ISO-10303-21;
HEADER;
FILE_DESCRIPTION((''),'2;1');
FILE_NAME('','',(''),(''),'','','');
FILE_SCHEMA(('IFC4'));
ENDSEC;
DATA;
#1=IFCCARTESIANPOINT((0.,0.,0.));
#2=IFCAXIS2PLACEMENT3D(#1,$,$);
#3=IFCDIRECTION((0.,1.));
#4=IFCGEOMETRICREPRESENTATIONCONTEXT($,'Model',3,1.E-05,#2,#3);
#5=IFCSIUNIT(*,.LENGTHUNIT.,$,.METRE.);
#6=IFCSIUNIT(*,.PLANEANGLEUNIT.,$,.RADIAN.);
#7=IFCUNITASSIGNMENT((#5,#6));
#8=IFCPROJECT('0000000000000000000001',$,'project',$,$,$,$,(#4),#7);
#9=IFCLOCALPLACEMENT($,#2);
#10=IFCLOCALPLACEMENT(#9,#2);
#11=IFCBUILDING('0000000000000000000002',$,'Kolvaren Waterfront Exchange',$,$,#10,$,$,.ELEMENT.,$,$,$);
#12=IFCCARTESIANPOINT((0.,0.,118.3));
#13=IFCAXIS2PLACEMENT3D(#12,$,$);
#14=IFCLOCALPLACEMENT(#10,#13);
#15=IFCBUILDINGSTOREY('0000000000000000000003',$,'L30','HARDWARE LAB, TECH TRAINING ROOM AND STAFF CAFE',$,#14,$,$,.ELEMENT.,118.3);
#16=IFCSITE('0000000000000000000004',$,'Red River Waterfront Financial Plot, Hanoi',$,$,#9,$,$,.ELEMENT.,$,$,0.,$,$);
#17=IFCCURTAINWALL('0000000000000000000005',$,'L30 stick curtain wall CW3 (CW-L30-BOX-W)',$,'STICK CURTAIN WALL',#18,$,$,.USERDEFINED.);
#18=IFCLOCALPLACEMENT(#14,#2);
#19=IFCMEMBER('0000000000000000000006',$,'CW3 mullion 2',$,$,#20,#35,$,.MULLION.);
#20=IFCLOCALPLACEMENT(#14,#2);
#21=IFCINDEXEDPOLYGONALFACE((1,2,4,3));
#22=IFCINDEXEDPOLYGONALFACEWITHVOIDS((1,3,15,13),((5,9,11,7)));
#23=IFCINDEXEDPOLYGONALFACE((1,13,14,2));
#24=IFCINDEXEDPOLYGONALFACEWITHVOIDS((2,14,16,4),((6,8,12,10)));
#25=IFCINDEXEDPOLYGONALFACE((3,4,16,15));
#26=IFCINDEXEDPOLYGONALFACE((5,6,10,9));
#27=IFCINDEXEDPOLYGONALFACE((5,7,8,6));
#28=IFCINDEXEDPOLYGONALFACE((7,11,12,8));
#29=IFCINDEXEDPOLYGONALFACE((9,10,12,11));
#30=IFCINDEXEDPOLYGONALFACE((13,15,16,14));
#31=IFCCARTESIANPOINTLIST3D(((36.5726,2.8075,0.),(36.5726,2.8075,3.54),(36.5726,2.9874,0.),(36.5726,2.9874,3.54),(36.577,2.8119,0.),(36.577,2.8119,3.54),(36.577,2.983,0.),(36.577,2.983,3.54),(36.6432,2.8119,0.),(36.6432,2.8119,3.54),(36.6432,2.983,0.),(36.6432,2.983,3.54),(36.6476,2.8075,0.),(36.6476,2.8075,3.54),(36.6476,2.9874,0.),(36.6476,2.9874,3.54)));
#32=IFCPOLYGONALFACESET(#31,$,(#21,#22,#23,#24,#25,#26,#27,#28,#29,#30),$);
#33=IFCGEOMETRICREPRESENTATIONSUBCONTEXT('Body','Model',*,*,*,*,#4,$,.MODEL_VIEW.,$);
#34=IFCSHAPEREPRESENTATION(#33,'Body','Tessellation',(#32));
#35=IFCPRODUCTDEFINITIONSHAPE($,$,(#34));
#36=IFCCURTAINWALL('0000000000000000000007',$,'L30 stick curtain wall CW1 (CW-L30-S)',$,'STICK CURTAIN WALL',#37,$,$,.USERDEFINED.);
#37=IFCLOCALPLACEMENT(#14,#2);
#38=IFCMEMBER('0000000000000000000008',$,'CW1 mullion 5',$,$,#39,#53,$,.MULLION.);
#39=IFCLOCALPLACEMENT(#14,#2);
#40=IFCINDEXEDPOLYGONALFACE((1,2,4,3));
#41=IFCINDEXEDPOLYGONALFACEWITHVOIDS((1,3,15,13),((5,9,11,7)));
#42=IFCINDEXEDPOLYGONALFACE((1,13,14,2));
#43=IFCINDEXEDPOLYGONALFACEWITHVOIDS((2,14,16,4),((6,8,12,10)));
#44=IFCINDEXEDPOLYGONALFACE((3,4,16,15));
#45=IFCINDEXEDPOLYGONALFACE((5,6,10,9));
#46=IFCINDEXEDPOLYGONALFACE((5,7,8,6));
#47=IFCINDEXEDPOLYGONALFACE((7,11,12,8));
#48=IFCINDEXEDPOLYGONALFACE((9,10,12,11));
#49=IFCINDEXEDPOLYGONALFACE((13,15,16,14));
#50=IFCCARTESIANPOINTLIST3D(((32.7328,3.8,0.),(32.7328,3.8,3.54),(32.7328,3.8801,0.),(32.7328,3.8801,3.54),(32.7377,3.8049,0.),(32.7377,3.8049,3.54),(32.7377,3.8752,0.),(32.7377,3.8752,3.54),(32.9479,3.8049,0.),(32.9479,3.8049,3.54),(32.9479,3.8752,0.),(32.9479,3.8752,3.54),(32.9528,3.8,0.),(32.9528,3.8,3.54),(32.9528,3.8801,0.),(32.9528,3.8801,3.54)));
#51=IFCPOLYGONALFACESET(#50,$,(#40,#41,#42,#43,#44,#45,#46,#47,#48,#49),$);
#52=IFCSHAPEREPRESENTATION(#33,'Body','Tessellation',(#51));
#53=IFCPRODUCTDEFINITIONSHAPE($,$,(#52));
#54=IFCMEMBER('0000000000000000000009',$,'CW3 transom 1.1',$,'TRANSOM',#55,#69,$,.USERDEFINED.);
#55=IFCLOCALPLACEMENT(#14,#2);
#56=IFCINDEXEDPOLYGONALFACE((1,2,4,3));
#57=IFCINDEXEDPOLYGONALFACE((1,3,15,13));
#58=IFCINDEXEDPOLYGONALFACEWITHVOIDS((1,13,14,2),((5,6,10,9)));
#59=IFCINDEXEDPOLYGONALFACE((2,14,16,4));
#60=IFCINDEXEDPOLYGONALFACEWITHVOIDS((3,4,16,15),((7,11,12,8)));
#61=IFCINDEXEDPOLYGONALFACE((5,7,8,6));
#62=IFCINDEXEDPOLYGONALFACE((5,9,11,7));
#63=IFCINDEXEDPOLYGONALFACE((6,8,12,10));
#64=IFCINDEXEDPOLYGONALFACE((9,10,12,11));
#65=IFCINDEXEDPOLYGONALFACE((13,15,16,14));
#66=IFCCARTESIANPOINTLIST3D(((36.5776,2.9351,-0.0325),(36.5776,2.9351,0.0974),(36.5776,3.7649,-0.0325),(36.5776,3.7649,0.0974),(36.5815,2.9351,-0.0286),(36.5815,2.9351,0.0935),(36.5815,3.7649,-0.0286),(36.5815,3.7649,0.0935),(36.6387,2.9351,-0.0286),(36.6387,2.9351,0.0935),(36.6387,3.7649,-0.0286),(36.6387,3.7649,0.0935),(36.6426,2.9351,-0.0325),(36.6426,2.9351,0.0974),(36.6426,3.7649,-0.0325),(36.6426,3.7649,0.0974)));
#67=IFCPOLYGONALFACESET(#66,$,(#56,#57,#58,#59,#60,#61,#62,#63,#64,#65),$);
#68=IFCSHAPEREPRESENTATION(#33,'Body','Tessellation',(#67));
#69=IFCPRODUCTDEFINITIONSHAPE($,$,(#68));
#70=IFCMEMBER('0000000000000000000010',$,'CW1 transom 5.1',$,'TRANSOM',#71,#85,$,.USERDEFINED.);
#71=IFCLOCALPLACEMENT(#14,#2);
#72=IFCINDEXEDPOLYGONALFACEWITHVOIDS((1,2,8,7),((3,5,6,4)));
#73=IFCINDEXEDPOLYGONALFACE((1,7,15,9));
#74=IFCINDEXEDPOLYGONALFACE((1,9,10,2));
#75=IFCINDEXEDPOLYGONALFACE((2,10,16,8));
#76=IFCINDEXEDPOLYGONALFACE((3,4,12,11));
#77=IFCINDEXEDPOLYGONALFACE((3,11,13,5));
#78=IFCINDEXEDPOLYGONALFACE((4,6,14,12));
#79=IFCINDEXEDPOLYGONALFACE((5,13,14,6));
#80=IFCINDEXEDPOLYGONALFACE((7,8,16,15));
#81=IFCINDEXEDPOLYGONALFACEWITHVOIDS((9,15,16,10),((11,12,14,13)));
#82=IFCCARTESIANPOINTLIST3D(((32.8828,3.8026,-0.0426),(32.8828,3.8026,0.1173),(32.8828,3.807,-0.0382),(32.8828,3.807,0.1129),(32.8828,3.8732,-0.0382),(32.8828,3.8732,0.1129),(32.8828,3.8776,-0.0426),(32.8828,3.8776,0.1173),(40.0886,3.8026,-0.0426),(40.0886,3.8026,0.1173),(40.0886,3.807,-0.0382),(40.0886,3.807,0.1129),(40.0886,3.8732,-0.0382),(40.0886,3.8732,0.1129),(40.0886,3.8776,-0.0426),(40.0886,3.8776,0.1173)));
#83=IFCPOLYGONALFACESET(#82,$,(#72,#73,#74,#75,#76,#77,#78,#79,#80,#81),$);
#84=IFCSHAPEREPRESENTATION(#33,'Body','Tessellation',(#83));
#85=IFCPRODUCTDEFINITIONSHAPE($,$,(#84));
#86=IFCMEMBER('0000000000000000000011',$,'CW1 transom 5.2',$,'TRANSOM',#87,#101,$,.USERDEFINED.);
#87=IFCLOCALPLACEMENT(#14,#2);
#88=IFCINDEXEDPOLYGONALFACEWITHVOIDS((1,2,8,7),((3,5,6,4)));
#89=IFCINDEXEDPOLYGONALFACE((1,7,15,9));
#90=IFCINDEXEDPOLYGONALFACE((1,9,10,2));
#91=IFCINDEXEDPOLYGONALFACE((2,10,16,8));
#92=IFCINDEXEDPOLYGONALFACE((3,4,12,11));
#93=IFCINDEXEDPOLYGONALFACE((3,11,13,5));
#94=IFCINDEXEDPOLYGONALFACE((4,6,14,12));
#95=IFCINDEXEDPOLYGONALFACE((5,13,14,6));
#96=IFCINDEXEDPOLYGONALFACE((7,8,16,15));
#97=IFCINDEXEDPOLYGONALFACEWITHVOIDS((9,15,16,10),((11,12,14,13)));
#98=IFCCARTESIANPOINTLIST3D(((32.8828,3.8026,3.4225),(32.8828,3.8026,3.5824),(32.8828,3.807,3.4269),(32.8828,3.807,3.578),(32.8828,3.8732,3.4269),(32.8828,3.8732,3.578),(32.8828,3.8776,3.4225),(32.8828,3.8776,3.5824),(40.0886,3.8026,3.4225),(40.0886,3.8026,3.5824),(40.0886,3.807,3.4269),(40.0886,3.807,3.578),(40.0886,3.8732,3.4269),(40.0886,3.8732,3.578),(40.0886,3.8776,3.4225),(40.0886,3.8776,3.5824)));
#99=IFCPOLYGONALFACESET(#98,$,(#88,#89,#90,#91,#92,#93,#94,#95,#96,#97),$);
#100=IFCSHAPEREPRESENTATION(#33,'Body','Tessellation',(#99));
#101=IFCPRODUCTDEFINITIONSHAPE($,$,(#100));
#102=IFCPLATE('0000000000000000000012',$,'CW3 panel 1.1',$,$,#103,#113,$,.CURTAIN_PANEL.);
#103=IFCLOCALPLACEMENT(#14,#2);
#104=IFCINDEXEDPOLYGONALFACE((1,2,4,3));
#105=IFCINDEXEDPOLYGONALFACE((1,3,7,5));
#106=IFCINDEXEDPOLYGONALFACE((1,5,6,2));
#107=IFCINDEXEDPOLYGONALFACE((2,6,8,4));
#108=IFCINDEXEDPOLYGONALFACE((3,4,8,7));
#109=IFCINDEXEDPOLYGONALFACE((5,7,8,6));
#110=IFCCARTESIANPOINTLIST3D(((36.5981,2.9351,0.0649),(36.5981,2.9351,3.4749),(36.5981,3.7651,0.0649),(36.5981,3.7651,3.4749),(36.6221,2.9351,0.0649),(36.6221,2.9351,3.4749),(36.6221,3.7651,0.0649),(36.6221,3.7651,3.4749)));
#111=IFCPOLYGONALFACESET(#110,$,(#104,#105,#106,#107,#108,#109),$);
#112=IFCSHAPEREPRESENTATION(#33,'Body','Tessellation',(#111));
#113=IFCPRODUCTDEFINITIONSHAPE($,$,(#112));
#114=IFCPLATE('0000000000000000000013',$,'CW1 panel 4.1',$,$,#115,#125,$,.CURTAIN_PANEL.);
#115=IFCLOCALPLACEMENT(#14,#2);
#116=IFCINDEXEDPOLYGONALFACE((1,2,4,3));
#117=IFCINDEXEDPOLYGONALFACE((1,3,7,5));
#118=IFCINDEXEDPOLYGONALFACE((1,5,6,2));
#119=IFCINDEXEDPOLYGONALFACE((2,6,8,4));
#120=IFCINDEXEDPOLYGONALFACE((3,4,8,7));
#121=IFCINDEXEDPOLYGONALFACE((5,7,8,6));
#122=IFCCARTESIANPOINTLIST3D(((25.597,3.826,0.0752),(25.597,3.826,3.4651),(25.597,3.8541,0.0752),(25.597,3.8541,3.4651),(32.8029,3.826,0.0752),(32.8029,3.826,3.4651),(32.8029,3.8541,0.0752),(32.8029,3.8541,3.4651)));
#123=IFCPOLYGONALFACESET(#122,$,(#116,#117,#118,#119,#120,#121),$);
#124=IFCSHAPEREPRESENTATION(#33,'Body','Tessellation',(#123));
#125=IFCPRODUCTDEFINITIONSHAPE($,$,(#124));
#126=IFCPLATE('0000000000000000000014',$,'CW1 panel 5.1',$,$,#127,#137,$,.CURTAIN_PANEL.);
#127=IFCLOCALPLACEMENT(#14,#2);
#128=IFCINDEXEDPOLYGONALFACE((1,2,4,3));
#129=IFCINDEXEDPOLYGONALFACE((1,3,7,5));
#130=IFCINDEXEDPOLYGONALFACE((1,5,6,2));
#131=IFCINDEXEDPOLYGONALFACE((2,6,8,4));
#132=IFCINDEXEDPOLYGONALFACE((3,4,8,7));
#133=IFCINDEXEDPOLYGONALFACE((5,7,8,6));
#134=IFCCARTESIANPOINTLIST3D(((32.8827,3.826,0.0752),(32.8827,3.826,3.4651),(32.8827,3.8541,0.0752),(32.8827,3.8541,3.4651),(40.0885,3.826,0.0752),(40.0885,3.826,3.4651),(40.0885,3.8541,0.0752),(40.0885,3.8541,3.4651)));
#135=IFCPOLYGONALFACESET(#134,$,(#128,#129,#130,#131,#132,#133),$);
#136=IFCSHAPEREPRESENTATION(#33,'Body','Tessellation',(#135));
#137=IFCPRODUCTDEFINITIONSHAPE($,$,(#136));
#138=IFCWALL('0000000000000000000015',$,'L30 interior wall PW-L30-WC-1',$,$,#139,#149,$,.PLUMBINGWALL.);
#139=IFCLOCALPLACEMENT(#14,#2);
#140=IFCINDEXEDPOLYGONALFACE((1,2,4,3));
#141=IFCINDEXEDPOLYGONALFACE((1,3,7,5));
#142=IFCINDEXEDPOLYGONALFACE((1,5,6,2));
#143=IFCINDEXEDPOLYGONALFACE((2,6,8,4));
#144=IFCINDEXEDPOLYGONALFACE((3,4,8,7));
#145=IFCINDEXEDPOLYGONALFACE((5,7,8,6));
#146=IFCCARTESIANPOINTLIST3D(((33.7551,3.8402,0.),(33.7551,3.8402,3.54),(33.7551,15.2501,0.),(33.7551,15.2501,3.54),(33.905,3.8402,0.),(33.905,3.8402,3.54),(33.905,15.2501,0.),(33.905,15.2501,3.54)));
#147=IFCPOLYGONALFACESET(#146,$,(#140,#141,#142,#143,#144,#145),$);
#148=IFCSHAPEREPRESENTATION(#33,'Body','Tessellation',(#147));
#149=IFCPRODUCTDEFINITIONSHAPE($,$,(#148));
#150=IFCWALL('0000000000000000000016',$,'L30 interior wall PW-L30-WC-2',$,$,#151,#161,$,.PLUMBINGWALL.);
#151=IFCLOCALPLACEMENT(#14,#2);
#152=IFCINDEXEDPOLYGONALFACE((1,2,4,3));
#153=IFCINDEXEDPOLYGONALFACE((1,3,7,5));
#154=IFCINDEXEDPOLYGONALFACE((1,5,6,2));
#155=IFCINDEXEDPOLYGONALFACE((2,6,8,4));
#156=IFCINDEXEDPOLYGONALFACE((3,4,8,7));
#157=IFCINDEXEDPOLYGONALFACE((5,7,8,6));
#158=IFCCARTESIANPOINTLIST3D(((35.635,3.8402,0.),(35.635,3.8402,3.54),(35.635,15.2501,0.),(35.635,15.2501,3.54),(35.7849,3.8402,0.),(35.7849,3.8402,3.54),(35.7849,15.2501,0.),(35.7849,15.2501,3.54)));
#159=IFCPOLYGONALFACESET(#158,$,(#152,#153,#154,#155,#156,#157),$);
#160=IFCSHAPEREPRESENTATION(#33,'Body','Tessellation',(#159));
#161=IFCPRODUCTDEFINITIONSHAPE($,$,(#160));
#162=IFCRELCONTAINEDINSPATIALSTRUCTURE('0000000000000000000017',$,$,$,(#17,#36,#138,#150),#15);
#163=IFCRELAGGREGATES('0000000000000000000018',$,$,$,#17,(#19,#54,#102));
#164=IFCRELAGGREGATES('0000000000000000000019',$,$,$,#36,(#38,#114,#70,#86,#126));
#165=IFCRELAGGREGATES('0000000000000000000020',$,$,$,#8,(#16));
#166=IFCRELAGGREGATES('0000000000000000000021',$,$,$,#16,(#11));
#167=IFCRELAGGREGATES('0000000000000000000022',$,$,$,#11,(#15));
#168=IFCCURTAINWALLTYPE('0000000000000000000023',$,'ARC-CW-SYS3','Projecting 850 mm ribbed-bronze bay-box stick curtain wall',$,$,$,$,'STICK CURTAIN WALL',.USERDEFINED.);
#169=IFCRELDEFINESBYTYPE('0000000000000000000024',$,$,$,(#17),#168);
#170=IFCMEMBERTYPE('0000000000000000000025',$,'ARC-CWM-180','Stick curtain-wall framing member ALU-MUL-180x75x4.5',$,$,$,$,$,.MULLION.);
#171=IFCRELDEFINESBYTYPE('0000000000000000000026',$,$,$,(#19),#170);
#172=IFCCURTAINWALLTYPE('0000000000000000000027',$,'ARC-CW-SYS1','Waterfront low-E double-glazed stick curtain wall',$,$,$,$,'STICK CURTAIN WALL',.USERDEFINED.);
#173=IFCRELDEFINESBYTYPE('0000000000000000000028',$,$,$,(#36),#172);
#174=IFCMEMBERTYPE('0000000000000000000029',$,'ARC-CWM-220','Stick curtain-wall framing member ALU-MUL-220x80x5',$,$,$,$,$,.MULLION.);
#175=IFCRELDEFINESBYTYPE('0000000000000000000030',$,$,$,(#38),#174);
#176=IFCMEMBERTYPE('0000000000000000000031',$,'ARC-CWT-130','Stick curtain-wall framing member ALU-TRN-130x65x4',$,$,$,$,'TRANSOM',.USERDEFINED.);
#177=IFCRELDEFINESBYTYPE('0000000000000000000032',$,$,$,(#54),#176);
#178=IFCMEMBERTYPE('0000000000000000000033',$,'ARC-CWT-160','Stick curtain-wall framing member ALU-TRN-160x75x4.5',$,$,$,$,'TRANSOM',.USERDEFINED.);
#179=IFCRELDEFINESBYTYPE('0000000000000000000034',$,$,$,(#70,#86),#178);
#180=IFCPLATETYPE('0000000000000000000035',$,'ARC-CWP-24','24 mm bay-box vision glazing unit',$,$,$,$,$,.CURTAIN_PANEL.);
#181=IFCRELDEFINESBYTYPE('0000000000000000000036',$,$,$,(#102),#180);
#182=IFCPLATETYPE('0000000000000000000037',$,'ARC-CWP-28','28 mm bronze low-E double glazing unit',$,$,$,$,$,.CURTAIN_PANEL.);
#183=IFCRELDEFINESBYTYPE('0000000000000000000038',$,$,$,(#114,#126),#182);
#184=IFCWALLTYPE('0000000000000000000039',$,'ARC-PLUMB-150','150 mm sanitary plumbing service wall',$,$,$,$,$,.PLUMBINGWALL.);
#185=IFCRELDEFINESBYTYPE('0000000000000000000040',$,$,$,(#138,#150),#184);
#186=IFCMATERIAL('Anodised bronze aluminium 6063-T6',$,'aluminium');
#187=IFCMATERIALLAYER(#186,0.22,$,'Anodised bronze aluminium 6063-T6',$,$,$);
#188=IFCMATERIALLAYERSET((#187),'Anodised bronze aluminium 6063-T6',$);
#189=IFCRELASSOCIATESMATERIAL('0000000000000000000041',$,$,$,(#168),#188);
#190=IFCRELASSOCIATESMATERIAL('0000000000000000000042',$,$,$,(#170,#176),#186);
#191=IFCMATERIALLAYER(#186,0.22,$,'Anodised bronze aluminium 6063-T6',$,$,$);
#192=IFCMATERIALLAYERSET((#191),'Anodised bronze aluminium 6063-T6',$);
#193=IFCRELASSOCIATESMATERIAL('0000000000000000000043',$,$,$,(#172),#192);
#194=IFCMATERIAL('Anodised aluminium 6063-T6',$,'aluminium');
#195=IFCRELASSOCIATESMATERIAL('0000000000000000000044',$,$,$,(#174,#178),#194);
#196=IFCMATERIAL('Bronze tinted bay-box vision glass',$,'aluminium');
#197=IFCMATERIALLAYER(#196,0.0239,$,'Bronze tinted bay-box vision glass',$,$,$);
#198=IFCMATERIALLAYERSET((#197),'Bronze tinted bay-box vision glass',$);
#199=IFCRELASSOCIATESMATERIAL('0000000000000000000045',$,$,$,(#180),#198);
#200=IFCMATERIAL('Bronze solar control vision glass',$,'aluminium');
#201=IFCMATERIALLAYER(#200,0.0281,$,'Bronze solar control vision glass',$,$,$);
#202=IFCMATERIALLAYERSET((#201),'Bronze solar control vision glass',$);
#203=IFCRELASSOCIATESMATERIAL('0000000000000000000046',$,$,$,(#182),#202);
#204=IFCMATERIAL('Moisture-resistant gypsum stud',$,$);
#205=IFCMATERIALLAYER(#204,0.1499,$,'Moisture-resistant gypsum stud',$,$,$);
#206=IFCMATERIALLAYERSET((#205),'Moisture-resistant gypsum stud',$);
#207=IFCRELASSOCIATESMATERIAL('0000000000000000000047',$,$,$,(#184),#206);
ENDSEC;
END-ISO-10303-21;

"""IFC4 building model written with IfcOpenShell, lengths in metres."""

from ifc_helpers import new_model, si_unit, direction, frame, frame_2d, origin, origin_with_axes, origin_2d, place, context, subcontext, project, spatial, rectangle, hollow_rectangle, extrude, source, transform, mapped, material, layer, layer_set, material_profile, profile_set, type_object, element, aggregate, save


model = new_model("IFC4")

# Units and contexts
model_context = context("Model", 3, precision=1e-05, world=origin(), true_north=direction((0.0, 1.0)))
body_context = subcontext(model_context, "Body", "Model", "MODEL_VIEW")
ifc_project = project(units=[si_unit("LENGTHUNIT", "METRE"), si_unit("PLANEANGLEUNIT", "RADIAN")], contexts=[model_context])

# Site, building, storey
site_placement = place(None, origin())
site = spatial("IfcSite", under=ifc_project, at=site_placement, Name="Red River Waterfront Financial Plot, Hanoi", CompositionType="ELEMENT", RefElevation=0.0)
building_placement = place(site_placement, origin())
building = spatial("IfcBuilding", under=site, at=building_placement, Name="Kolvaren Waterfront Exchange", CompositionType="ELEMENT")
storey_placement = place(building_placement, frame((0.0, 0.0, 118.3)))
storey = spatial("IfcBuildingStorey", under=building, at=storey_placement, Name="L30", Description="HARDWARE LAB, TECH TRAINING ROOM AND STAFF CAFE", CompositionType="ELEMENT", Elevation=118.3)

# Curtain walls, members
ifc_material_1 = material(Name="Anodised bronze aluminium 6063-T6", Category="aluminium")
ifc_layer_1 = layer(ifc_material_1, 0.22, Name="Anodised bronze aluminium 6063-T6")
ifc_layer_set_1 = layer_set([ifc_layer_1], Name="Anodised bronze aluminium 6063-T6")
curtain_wall_type_1 = type_object("IfcCurtainWallType", Name="ARC-CW-SYS3", Description="Projecting 850 mm ribbed-bronze bay-box stick curtain wall", ElementType="STICK CURTAIN WALL", PredefinedType="USERDEFINED", material=ifc_layer_set_1)
curtain_wall_1_placement = place(storey_placement, origin())
curtain_wall_1 = element("IfcCurtainWall", 1, at=curtain_wall_1_placement, inside=storey, type_object=curtain_wall_type_1, Name="L30 stick curtain wall CW3 (CW-L30-BOX-W)", ObjectType="STICK CURTAIN WALL", PredefinedType="USERDEFINED")
ifc_material_profile_1 = material_profile(ifc_material_1, hollow_rectangle(XDim=0.075, YDim=0.1799, WallThickness=0.0044, at=origin_2d()), Name="ALU-MUL-180x75x4.5")
ifc_profile_set_1 = profile_set([ifc_material_profile_1], Name="Anodised bronze aluminium 6063-T6")
member_type_1 = type_object("IfcMemberType", Name="ARC-CWM-180", Description="Stick curtain-wall framing member ALU-MUL-180x75x4.5", PredefinedType="MULLION", material=ifc_profile_set_1)
shared_shape_1 = source(origin_with_axes(), body_context, "Body", "SweptSolid", [
    extrude(hollow_rectangle(XDim=0.075, YDim=0.1799, WallThickness=0.0044, at=origin_2d()), origin(), (0.0, 0.0, 1.0), 3.54),
])
member_1_placement = place(storey_placement, frame((36.6101, 2.8975, 0.0), z_axis=(0.0, 0.0, 1.0), x_axis=(1.0, 0.0, 0.0)))
member_1 = element("IfcMember", 2, at=member_1_placement, type_object=member_type_1, Name="CW3 mullion 2", PredefinedType="MULLION", context=body_context, shape_type="MappedRepresentation", body=[
    mapped(shared_shape_1, transform((0.0, 0.0, 0.0), x_axis=(1.0, 0.0, 0.0), y_axis=(0.0, 1.0, 0.0), z_axis=(0.0, 0.0, 1.0), scale=1.0)),
])
ifc_layer_2 = layer(ifc_material_1, 0.22, Name="Anodised bronze aluminium 6063-T6")
ifc_layer_set_2 = layer_set([ifc_layer_2], Name="Anodised bronze aluminium 6063-T6")
curtain_wall_type_2 = type_object("IfcCurtainWallType", Name="ARC-CW-SYS1", Description="Waterfront low-E double-glazed stick curtain wall", ElementType="STICK CURTAIN WALL", PredefinedType="USERDEFINED", material=ifc_layer_set_2)
curtain_wall_2_placement = place(storey_placement, origin())
curtain_wall_2 = element("IfcCurtainWall", 3, at=curtain_wall_2_placement, inside=storey, type_object=curtain_wall_type_2, Name="L30 stick curtain wall CW1 (CW-L30-S)", ObjectType="STICK CURTAIN WALL", PredefinedType="USERDEFINED")
ifc_material_2 = material(Name="Anodised aluminium 6063-T6", Category="aluminium")
ifc_material_profile_2 = material_profile(ifc_material_2, hollow_rectangle(XDim=0.0801, YDim=0.22, WallThickness=0.0049, at=origin_2d()), Name="ALU-MUL-220x80x5")
ifc_profile_set_2 = profile_set([ifc_material_profile_2], Name="Anodised aluminium 6063-T6")
member_type_2 = type_object("IfcMemberType", Name="ARC-CWM-220", Description="Stick curtain-wall framing member ALU-MUL-220x80x5", PredefinedType="MULLION", material=ifc_profile_set_2)
shared_shape_2 = source(origin_with_axes(), body_context, "Body", "SweptSolid", [
    extrude(hollow_rectangle(XDim=0.0801, YDim=0.22, WallThickness=0.0049, at=origin_2d()), origin(), (0.0, 0.0, 1.0), 3.54),
])
member_2_placement = place(storey_placement, frame((32.8428, 3.8401, 0.0), z_axis=(0.0, 0.0, 1.0), x_axis=(0.0, 1.0, 0.0)))
member_2 = element("IfcMember", 4, at=member_2_placement, type_object=member_type_2, Name="CW1 mullion 5", PredefinedType="MULLION", context=body_context, shape_type="MappedRepresentation", body=[
    mapped(shared_shape_2, transform((0.0, 0.0, 0.0), x_axis=(1.0, 0.0, 0.0), y_axis=(0.0, 1.0, 0.0), z_axis=(0.0, 0.0, 1.0), scale=1.0)),
])

# Members
ifc_material_profile_3 = material_profile(ifc_material_1, hollow_rectangle(XDim=0.0649, YDim=0.1299, WallThickness=0.0039, at=origin_2d()), Name="ALU-TRN-130x65x4")
ifc_profile_set_3 = profile_set([ifc_material_profile_3], Name="Anodised bronze aluminium 6063-T6")
member_type_3 = type_object("IfcMemberType", Name="ARC-CWT-130", Description="Stick curtain-wall framing member ALU-TRN-130x65x4", ElementType="TRANSOM", PredefinedType="USERDEFINED", material=ifc_profile_set_3)
shared_shape_3 = source(origin_with_axes(), body_context, "Body", "SweptSolid", [
    extrude(hollow_rectangle(XDim=0.0649, YDim=0.1299, WallThickness=0.0039, at=origin_2d()), origin(), (0.0, 0.0, 1.0), 0.8298),
])
member_3_placement = place(storey_placement, frame((36.6101, 3.7649, 0.0325), z_axis=(0.0, -1.0, 0.0), x_axis=(1.0, 0.0, 0.0)))
member_3 = element("IfcMember", 5, at=member_3_placement, type_object=member_type_3, Name="CW3 transom 1.1", ObjectType="TRANSOM", PredefinedType="USERDEFINED", context=body_context, shape_type="MappedRepresentation", body=[
    mapped(shared_shape_3, transform((0.0, 0.0, 0.0), x_axis=(1.0, 0.0, 0.0), y_axis=(0.0, 1.0, 0.0), z_axis=(0.0, 0.0, 1.0), scale=1.0)),
])
ifc_material_profile_4 = material_profile(ifc_material_2, hollow_rectangle(XDim=0.075, YDim=0.1599, WallThickness=0.0044, at=origin_2d()), Name="ALU-TRN-160x75x4.5")
ifc_profile_set_4 = profile_set([ifc_material_profile_4], Name="Anodised aluminium 6063-T6")
member_type_4 = type_object("IfcMemberType", Name="ARC-CWT-160", Description="Stick curtain-wall framing member ALU-TRN-160x75x4.5", ElementType="TRANSOM", PredefinedType="USERDEFINED", material=ifc_profile_set_4)
shared_shape_4 = source(origin_with_axes(), body_context, "Body", "SweptSolid", [
    extrude(hollow_rectangle(XDim=0.075, YDim=0.1599, WallThickness=0.0044, at=origin_2d()), origin(), (0.0, 0.0, 1.0), 7.2058),
])
member_4_placement = place(storey_placement, frame((32.8828, 3.8401, 0.0374), z_axis=(1.0, 0.0, 0.0), x_axis=(0.0, 1.0, 0.0)))
member_4 = element("IfcMember", 6, at=member_4_placement, type_object=member_type_4, Name="CW1 transom 5.1", ObjectType="TRANSOM", PredefinedType="USERDEFINED", context=body_context, shape_type="MappedRepresentation", body=[
    mapped(shared_shape_4, transform((0.0, 0.0, 0.0), x_axis=(1.0, 0.0, 0.0), y_axis=(0.0, 1.0, 0.0), z_axis=(0.0, 0.0, 1.0), scale=1.0)),
])
member_5_placement = place(storey_placement, frame((32.8828, 3.8401, 3.5024), z_axis=(1.0, 0.0, 0.0), x_axis=(0.0, 1.0, 0.0)))
member_5 = element("IfcMember", 7, at=member_5_placement, type_object=member_type_4, Name="CW1 transom 5.2", ObjectType="TRANSOM", PredefinedType="USERDEFINED", context=body_context, shape_type="MappedRepresentation", body=[
    mapped(shared_shape_4, transform((0.0, 0.0, 0.0), x_axis=(1.0, 0.0, 0.0), y_axis=(0.0, 1.0, 0.0), z_axis=(0.0, 0.0, 1.0), scale=1.0)),
])

# Plates
ifc_material_3 = material(Name="Bronze tinted bay-box vision glass", Category="aluminium")
ifc_layer_3 = layer(ifc_material_3, 0.0239, Name="Bronze tinted bay-box vision glass")
ifc_layer_set_3 = layer_set([ifc_layer_3], Name="Bronze tinted bay-box vision glass")
plate_type_1 = type_object("IfcPlateType", Name="ARC-CWP-24", Description="24 mm bay-box vision glazing unit", PredefinedType="CURTAIN_PANEL", material=ifc_layer_set_3)
shared_shape_5 = source(origin_with_axes(), body_context, "Body", "SweptSolid", [
    extrude(rectangle(XDim=0.8301, YDim=0.0239, at=origin_2d()), origin(), (0.0, 0.0, 1.0), 3.4099),
])
plate_1_placement = place(storey_placement, frame((36.6101, 3.3501, 0.0649), z_axis=(0.0, 0.0, 1.0), x_axis=(0.0, -1.0, 0.0)))
plate_1 = element("IfcPlate", 8, at=plate_1_placement, type_object=plate_type_1, Name="CW3 panel 1.1", PredefinedType="CURTAIN_PANEL", context=body_context, shape_type="MappedRepresentation", body=[
    mapped(shared_shape_5, transform((0.0, 0.0, 0.0), x_axis=(1.0, 0.0, 0.0), y_axis=(0.0, 1.0, 0.0), z_axis=(0.0, 0.0, 1.0), scale=1.0)),
])
aggregate(curtain_wall_1, [member_1, member_3, plate_1])
ifc_material_4 = material(Name="Bronze solar control vision glass", Category="aluminium")
ifc_layer_4 = layer(ifc_material_4, 0.0281, Name="Bronze solar control vision glass")
ifc_layer_set_4 = layer_set([ifc_layer_4], Name="Bronze solar control vision glass")
plate_type_2 = type_object("IfcPlateType", Name="ARC-CWP-28", Description="28 mm bronze low-E double glazing unit", PredefinedType="CURTAIN_PANEL", material=ifc_layer_set_4)
shared_shape_6 = source(origin_with_axes(), body_context, "Body", "SweptSolid", [
    extrude(rectangle(XDim=7.2058, YDim=0.0281, at=origin_2d()), origin(), (0.0, 0.0, 1.0), 3.3899),
])
plate_2_placement = place(storey_placement, frame((29.2, 3.8401, 0.0752), z_axis=(0.0, 0.0, 1.0), x_axis=(1.0, 0.0, 0.0)))
plate_2 = element("IfcPlate", 9, at=plate_2_placement, type_object=plate_type_2, Name="CW1 panel 4.1", PredefinedType="CURTAIN_PANEL", context=body_context, shape_type="MappedRepresentation", body=[
    mapped(shared_shape_6, transform((0.0, 0.0, 0.0), x_axis=(1.0, 0.0, 0.0), y_axis=(0.0, 1.0, 0.0), z_axis=(0.0, 0.0, 1.0), scale=1.0)),
])
plate_3_placement = place(storey_placement, frame((36.4856, 3.8401, 0.0752), z_axis=(0.0, 0.0, 1.0), x_axis=(1.0, 0.0, 0.0)))
plate_3 = element("IfcPlate", 10, at=plate_3_placement, type_object=plate_type_2, Name="CW1 panel 5.1", PredefinedType="CURTAIN_PANEL", context=body_context, shape_type="MappedRepresentation", body=[
    mapped(shared_shape_6, transform((0.0, 0.0, 0.0), x_axis=(1.0, 0.0, 0.0), y_axis=(0.0, 1.0, 0.0), z_axis=(0.0, 0.0, 1.0), scale=1.0)),
])
aggregate(curtain_wall_2, [member_2, plate_2, member_4, member_5, plate_3])

# Walls
ifc_material_5 = material(Name="Moisture-resistant gypsum stud")
ifc_layer_5 = layer(ifc_material_5, 0.1499, Name="Moisture-resistant gypsum stud")
ifc_layer_set_5 = layer_set([ifc_layer_5], Name="Moisture-resistant gypsum stud")
wall_type_1 = type_object("IfcWallType", Name="ARC-PLUMB-150", Description="150 mm sanitary plumbing service wall", PredefinedType="PLUMBINGWALL", material=ifc_layer_set_5)
for number, where, z_axis, x_axis, name in (
    (11, (33.8301, 3.8401, 0.0), (0.0, 0.0, 1.0), (0.0, 1.0, 0.0), "L30 interior wall PW-L30-WC-1"),
    (12, (35.71, 3.8401, 0.0), (0.0, 0.0, 1.0), (0.0, 1.0, 0.0), "L30 interior wall PW-L30-WC-2"),
):
    element("IfcWall", number, at=place(storey_placement, frame(where, z_axis=z_axis, x_axis=x_axis)), inside=storey, type_object=wall_type_1, Name=name, PredefinedType="PLUMBINGWALL", context=body_context, shape_type="SweptSolid", body=[
        extrude(rectangle(XDim=11.4099, YDim=0.1499, at=frame_2d((5.7051, 0.0))), origin(), (0.0, 0.0, 1.0), 3.54),
    ])

save(model, "model.ifc")
